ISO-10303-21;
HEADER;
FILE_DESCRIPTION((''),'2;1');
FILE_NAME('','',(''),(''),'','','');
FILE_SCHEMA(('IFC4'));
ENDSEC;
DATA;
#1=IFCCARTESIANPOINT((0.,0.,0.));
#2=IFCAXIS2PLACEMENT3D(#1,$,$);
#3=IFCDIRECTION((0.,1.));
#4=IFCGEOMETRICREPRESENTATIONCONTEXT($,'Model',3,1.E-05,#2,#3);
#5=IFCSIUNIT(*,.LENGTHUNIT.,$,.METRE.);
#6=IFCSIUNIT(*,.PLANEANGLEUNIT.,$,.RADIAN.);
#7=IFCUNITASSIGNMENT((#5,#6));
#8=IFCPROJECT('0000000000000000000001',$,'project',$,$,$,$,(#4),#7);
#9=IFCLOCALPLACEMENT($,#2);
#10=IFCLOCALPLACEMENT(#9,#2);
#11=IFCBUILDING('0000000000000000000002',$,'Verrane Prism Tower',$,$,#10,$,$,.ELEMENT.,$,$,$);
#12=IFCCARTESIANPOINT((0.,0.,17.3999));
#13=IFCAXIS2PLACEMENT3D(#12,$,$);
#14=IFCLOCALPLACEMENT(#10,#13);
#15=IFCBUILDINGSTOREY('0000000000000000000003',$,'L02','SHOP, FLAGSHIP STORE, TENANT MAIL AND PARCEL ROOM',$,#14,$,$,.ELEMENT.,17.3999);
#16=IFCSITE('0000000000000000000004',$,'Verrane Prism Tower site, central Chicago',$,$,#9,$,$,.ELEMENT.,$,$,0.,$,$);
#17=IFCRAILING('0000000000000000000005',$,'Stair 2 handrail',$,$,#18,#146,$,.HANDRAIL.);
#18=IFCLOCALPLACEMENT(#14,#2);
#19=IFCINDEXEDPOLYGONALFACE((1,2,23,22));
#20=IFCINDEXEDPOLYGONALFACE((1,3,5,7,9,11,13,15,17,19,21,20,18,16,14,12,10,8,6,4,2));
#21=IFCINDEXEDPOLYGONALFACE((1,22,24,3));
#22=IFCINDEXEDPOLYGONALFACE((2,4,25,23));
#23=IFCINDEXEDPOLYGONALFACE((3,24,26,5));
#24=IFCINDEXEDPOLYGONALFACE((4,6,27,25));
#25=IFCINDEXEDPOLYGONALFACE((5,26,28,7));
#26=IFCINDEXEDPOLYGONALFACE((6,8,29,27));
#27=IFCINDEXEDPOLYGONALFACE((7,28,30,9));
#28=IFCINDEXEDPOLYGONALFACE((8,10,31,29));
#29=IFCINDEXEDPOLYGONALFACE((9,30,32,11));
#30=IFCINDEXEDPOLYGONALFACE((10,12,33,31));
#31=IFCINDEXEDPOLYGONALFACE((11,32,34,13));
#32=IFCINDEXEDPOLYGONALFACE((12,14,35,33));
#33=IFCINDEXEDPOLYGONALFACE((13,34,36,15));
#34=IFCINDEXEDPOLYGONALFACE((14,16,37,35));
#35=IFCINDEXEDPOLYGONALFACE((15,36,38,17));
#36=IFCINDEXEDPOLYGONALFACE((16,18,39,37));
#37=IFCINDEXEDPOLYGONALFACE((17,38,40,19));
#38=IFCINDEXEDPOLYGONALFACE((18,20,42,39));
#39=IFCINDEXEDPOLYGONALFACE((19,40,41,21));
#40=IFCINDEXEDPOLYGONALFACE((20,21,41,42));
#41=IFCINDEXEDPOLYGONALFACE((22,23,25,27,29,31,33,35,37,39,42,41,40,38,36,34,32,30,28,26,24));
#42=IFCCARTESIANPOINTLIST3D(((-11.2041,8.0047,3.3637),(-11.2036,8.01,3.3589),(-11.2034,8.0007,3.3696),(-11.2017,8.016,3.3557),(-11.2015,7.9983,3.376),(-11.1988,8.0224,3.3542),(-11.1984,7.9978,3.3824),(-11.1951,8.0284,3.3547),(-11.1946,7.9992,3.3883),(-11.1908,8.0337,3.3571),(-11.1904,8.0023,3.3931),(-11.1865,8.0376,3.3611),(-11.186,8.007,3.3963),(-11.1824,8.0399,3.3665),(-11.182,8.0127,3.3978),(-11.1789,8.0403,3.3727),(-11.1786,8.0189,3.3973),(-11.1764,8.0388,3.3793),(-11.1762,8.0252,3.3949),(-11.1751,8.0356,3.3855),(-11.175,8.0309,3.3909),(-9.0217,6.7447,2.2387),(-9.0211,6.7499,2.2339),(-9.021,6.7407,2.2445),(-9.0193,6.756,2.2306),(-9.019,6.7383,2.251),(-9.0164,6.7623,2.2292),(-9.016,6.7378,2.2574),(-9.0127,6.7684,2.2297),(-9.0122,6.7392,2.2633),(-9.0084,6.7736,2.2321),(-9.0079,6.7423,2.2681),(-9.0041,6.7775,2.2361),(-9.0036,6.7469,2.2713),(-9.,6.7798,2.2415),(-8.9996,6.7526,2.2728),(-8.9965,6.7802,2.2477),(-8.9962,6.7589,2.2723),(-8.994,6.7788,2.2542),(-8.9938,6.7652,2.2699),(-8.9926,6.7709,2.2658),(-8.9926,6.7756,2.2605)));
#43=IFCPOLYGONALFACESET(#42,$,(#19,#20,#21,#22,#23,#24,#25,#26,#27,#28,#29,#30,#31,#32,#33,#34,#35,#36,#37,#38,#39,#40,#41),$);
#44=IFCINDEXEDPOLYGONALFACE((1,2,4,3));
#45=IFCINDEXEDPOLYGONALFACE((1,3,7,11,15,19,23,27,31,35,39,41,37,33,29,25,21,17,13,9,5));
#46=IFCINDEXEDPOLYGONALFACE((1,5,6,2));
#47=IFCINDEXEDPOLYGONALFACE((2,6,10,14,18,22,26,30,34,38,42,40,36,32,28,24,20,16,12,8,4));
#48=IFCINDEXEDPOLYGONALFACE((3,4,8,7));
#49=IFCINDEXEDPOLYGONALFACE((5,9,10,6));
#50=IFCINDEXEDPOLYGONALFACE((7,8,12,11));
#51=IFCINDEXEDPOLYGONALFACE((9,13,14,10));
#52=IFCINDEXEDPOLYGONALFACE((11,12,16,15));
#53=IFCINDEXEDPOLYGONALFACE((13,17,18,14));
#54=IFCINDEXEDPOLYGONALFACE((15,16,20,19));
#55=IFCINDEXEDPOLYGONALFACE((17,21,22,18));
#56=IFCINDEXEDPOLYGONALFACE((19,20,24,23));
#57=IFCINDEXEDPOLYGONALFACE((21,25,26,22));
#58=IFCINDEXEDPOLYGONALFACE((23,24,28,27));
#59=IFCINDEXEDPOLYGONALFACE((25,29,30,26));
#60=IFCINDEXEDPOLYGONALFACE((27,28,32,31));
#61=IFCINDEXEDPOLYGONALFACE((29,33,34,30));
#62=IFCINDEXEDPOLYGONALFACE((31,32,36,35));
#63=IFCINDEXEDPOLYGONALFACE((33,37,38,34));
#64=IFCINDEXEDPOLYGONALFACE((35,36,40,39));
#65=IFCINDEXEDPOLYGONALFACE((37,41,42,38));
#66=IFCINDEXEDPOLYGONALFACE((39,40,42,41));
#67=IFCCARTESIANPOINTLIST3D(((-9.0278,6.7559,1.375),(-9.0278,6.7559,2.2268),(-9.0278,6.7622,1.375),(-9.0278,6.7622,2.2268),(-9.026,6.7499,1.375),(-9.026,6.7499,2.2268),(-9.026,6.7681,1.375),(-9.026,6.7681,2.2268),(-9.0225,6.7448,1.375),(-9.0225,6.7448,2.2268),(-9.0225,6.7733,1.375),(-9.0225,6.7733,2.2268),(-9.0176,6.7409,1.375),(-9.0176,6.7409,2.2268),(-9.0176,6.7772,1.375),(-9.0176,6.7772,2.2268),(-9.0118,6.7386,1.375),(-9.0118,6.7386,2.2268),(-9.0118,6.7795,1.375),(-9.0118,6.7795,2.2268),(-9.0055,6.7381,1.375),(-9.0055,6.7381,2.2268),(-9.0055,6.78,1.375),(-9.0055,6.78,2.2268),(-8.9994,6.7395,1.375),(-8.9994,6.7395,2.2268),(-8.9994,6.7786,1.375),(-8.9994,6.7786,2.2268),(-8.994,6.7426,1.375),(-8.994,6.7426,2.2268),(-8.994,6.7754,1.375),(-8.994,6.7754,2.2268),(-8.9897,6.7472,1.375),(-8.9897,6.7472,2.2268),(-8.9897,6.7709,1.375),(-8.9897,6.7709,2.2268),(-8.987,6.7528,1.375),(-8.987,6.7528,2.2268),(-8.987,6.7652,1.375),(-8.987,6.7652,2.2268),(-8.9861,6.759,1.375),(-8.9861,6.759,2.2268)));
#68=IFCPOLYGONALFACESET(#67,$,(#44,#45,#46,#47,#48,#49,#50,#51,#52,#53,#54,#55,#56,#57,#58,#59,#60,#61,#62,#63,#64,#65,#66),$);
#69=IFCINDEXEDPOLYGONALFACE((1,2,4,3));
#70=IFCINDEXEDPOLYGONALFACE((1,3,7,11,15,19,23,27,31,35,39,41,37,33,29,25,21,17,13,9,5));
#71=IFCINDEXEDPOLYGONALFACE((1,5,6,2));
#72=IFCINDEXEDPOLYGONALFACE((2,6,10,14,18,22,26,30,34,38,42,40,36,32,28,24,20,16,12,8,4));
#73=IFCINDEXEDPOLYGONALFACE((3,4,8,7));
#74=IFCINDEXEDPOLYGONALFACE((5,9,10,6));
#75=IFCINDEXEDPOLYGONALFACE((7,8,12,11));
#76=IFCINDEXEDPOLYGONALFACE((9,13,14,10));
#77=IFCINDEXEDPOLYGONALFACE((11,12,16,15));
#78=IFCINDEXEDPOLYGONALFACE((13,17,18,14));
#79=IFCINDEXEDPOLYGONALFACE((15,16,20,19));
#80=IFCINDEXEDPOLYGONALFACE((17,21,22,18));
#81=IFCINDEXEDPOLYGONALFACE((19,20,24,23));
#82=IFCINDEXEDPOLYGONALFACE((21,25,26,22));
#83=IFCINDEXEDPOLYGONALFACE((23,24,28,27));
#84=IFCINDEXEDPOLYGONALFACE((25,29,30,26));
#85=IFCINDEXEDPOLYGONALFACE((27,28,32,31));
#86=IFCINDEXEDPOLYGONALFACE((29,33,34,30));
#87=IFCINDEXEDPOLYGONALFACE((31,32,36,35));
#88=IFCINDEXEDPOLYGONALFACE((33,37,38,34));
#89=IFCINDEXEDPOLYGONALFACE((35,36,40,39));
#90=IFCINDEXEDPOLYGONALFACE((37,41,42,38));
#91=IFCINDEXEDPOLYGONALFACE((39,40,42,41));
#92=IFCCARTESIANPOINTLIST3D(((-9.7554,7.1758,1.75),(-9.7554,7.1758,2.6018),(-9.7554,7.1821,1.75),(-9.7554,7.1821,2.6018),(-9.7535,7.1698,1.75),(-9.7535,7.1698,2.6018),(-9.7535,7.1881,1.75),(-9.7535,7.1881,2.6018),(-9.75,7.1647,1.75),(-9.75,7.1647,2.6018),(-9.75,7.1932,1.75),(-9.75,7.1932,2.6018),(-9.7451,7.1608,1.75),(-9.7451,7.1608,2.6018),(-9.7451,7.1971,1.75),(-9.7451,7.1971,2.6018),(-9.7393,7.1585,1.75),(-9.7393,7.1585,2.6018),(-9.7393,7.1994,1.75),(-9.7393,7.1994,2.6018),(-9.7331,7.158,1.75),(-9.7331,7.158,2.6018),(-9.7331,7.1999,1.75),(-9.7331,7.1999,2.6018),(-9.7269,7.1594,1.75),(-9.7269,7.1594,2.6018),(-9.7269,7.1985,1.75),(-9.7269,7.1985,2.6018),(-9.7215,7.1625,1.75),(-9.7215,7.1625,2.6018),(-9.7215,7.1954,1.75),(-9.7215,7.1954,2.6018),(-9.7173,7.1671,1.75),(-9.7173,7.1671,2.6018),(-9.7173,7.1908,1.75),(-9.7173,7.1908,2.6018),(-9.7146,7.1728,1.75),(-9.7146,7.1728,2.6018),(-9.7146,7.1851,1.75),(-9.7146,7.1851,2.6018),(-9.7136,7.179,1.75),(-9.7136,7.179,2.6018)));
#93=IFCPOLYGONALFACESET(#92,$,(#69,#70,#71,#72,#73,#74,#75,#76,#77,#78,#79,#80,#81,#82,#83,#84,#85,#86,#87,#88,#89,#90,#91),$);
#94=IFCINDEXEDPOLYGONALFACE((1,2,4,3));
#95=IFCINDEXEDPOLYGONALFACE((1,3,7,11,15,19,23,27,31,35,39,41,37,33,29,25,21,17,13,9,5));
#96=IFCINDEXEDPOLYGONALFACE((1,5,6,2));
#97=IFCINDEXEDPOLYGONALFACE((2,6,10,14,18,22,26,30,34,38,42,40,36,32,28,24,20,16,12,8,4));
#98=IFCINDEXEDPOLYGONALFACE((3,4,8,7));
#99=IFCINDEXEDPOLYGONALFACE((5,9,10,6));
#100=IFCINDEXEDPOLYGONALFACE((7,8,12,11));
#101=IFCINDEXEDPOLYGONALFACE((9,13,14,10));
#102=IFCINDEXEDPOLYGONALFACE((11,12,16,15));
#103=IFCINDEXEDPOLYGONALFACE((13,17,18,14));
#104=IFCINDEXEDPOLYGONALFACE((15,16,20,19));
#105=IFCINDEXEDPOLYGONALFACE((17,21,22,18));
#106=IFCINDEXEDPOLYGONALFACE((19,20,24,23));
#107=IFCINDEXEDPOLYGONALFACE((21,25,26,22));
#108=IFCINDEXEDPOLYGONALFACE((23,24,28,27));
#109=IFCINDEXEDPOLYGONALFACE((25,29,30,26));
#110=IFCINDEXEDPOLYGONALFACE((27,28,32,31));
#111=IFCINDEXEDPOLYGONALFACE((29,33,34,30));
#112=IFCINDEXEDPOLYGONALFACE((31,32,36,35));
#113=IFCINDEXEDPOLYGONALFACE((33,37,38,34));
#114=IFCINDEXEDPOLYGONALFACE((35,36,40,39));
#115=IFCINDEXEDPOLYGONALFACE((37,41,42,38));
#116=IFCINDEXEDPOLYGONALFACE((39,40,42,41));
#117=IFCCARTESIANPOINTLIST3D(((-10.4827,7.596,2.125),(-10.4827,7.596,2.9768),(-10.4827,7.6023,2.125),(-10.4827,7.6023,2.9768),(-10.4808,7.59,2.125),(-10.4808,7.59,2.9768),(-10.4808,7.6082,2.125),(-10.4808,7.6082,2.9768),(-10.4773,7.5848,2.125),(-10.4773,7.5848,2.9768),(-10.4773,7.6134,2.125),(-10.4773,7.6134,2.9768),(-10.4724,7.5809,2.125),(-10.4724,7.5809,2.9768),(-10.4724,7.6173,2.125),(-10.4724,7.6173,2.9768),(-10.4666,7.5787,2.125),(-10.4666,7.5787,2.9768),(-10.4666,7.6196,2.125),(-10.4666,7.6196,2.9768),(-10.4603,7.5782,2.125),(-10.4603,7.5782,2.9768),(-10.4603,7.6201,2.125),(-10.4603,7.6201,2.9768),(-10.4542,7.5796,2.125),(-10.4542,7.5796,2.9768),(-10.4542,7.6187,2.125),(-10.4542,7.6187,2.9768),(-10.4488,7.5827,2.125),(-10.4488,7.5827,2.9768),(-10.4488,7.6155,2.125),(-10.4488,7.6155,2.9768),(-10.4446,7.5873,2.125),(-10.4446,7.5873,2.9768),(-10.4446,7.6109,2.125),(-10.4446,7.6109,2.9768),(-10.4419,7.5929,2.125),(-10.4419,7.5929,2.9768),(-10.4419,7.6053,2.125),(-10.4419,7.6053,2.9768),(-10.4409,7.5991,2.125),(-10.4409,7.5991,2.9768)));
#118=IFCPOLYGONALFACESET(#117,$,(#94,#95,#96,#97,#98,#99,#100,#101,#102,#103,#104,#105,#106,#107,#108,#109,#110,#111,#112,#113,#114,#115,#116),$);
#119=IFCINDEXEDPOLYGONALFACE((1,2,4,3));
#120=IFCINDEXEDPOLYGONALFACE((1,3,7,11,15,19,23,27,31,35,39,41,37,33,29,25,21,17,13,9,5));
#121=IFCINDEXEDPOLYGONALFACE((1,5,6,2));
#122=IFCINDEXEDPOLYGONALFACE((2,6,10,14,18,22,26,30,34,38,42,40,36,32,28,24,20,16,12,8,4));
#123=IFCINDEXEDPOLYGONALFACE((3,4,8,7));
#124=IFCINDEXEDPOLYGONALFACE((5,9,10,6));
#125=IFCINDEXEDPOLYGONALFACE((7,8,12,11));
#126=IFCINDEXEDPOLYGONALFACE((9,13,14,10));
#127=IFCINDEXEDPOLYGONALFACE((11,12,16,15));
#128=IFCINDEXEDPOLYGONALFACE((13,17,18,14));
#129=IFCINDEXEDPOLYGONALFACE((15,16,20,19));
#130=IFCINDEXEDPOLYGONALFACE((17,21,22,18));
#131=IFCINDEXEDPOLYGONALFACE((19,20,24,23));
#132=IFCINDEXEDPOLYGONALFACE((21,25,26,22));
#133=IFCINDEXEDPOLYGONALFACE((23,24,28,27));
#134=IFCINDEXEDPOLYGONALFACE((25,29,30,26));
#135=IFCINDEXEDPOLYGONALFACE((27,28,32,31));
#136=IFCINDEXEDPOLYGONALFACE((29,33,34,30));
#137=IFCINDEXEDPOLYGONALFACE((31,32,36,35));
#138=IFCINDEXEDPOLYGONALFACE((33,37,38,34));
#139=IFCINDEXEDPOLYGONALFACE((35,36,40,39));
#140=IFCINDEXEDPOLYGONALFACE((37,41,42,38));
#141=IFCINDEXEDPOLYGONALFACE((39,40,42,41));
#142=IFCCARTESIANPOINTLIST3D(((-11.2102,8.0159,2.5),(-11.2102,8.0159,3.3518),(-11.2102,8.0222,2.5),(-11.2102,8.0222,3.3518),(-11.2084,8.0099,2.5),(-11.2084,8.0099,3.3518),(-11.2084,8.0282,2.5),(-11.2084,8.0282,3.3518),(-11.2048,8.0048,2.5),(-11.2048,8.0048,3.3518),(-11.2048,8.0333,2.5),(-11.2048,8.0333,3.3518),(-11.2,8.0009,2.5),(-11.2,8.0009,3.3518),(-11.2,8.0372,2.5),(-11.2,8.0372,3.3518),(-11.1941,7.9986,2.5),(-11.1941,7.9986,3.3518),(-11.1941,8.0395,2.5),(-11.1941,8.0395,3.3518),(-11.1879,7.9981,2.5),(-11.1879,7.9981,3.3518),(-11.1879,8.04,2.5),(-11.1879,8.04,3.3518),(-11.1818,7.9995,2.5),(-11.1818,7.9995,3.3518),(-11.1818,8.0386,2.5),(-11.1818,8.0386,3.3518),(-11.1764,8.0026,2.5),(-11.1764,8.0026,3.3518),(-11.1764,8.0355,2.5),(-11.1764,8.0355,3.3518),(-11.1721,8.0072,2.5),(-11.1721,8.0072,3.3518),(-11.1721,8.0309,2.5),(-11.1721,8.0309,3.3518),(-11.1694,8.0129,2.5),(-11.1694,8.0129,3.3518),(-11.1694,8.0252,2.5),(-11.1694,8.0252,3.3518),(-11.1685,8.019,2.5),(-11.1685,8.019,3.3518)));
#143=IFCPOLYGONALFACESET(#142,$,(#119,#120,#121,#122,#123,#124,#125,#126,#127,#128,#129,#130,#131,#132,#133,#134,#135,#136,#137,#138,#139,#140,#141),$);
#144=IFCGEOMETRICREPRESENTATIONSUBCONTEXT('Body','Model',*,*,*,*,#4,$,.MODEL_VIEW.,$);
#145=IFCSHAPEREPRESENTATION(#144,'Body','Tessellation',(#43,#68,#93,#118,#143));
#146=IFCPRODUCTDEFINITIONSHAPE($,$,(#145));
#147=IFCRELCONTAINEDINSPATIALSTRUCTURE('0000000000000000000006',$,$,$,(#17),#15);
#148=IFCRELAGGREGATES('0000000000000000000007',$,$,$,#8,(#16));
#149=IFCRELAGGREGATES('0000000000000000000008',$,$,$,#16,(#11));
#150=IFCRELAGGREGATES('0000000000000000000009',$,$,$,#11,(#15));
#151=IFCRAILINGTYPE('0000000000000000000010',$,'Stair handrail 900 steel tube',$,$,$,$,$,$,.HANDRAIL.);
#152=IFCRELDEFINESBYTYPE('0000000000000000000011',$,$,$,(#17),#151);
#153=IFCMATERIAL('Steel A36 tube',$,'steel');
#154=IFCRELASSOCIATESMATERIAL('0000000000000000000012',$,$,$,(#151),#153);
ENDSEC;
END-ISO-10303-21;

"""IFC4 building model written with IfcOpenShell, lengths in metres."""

from ifc_helpers import new_model, si_unit, direction, frame, origin, origin_2d, place, context, subcontext, project, spatial, circle, extrude, material, type_object, element, save


model = new_model("IFC4")

# Units and contexts
model_context = context("Model", 3, precision=1e-05, world=origin(), true_north=direction((0.0, 1.0)))
body_context = subcontext(model_context, "Body", "Model", "MODEL_VIEW")
ifc_project = project(units=[si_unit("LENGTHUNIT", "METRE"), si_unit("PLANEANGLEUNIT", "RADIAN")], contexts=[model_context])

# Site, building, storey
site_placement = place(None, origin())
site = spatial("IfcSite", under=ifc_project, at=site_placement, Name="Verrane Prism Tower site, central Chicago", CompositionType="ELEMENT", RefElevation=0.0)
building_placement = place(site_placement, origin())
building = spatial("IfcBuilding", under=site, at=building_placement, Name="Verrane Prism Tower", CompositionType="ELEMENT")
storey_placement = place(building_placement, frame((0.0, 0.0, 17.3999)))
storey = spatial("IfcBuildingStorey", under=building, at=storey_placement, Name="L02", Description="SHOP, FLAGSHIP STORE, TENANT MAIL AND PARCEL ROOM", CompositionType="ELEMENT", Elevation=17.3999)

# Railing
ifc_material_1 = material(Name="Steel A36 tube", Category="steel")
railing_type_1 = type_object("IfcRailingType", Name="Stair handrail 900 steel tube", PredefinedType="HANDRAIL", material=ifc_material_1)
railing_1_placement = place(storey_placement, frame((-9.0071, 6.759, 1.375)))
element("IfcRailing", 1, at=railing_1_placement, inside=storey, type_object=railing_type_1, Name="Stair 2 handrail", PredefinedType="HANDRAIL", context=body_context, shape_type="SweptSolid", body=[
    extrude(circle(Radius=0.0239, at=origin_2d()), frame((0.0, 0.0, 0.876), z_axis=(-0.790798, 0.456573, 0.407651), x_axis=(-0.500005, -0.866023, 0.0)), (0.0, 0.0, 1.0), 2.7598),
    extrude(circle(Radius=0.021, at=origin_2d()), origin(), (0.0, 0.0, 1.0), 0.8518),
    extrude(circle(Radius=0.021, at=origin_2d()), frame((-0.7275, 0.4199, 0.375)), (0.0, 0.0, 1.0), 0.8518),
    extrude(circle(Radius=0.021, at=origin_2d()), frame((-1.4548, 0.8401, 0.75)), (0.0, 0.0, 1.0), 0.8518),
    extrude(circle(Radius=0.021, at=origin_2d()), frame((-2.1824, 1.26, 1.125)), (0.0, 0.0, 1.0), 0.8518),
])

save(model, "model.ifc")
